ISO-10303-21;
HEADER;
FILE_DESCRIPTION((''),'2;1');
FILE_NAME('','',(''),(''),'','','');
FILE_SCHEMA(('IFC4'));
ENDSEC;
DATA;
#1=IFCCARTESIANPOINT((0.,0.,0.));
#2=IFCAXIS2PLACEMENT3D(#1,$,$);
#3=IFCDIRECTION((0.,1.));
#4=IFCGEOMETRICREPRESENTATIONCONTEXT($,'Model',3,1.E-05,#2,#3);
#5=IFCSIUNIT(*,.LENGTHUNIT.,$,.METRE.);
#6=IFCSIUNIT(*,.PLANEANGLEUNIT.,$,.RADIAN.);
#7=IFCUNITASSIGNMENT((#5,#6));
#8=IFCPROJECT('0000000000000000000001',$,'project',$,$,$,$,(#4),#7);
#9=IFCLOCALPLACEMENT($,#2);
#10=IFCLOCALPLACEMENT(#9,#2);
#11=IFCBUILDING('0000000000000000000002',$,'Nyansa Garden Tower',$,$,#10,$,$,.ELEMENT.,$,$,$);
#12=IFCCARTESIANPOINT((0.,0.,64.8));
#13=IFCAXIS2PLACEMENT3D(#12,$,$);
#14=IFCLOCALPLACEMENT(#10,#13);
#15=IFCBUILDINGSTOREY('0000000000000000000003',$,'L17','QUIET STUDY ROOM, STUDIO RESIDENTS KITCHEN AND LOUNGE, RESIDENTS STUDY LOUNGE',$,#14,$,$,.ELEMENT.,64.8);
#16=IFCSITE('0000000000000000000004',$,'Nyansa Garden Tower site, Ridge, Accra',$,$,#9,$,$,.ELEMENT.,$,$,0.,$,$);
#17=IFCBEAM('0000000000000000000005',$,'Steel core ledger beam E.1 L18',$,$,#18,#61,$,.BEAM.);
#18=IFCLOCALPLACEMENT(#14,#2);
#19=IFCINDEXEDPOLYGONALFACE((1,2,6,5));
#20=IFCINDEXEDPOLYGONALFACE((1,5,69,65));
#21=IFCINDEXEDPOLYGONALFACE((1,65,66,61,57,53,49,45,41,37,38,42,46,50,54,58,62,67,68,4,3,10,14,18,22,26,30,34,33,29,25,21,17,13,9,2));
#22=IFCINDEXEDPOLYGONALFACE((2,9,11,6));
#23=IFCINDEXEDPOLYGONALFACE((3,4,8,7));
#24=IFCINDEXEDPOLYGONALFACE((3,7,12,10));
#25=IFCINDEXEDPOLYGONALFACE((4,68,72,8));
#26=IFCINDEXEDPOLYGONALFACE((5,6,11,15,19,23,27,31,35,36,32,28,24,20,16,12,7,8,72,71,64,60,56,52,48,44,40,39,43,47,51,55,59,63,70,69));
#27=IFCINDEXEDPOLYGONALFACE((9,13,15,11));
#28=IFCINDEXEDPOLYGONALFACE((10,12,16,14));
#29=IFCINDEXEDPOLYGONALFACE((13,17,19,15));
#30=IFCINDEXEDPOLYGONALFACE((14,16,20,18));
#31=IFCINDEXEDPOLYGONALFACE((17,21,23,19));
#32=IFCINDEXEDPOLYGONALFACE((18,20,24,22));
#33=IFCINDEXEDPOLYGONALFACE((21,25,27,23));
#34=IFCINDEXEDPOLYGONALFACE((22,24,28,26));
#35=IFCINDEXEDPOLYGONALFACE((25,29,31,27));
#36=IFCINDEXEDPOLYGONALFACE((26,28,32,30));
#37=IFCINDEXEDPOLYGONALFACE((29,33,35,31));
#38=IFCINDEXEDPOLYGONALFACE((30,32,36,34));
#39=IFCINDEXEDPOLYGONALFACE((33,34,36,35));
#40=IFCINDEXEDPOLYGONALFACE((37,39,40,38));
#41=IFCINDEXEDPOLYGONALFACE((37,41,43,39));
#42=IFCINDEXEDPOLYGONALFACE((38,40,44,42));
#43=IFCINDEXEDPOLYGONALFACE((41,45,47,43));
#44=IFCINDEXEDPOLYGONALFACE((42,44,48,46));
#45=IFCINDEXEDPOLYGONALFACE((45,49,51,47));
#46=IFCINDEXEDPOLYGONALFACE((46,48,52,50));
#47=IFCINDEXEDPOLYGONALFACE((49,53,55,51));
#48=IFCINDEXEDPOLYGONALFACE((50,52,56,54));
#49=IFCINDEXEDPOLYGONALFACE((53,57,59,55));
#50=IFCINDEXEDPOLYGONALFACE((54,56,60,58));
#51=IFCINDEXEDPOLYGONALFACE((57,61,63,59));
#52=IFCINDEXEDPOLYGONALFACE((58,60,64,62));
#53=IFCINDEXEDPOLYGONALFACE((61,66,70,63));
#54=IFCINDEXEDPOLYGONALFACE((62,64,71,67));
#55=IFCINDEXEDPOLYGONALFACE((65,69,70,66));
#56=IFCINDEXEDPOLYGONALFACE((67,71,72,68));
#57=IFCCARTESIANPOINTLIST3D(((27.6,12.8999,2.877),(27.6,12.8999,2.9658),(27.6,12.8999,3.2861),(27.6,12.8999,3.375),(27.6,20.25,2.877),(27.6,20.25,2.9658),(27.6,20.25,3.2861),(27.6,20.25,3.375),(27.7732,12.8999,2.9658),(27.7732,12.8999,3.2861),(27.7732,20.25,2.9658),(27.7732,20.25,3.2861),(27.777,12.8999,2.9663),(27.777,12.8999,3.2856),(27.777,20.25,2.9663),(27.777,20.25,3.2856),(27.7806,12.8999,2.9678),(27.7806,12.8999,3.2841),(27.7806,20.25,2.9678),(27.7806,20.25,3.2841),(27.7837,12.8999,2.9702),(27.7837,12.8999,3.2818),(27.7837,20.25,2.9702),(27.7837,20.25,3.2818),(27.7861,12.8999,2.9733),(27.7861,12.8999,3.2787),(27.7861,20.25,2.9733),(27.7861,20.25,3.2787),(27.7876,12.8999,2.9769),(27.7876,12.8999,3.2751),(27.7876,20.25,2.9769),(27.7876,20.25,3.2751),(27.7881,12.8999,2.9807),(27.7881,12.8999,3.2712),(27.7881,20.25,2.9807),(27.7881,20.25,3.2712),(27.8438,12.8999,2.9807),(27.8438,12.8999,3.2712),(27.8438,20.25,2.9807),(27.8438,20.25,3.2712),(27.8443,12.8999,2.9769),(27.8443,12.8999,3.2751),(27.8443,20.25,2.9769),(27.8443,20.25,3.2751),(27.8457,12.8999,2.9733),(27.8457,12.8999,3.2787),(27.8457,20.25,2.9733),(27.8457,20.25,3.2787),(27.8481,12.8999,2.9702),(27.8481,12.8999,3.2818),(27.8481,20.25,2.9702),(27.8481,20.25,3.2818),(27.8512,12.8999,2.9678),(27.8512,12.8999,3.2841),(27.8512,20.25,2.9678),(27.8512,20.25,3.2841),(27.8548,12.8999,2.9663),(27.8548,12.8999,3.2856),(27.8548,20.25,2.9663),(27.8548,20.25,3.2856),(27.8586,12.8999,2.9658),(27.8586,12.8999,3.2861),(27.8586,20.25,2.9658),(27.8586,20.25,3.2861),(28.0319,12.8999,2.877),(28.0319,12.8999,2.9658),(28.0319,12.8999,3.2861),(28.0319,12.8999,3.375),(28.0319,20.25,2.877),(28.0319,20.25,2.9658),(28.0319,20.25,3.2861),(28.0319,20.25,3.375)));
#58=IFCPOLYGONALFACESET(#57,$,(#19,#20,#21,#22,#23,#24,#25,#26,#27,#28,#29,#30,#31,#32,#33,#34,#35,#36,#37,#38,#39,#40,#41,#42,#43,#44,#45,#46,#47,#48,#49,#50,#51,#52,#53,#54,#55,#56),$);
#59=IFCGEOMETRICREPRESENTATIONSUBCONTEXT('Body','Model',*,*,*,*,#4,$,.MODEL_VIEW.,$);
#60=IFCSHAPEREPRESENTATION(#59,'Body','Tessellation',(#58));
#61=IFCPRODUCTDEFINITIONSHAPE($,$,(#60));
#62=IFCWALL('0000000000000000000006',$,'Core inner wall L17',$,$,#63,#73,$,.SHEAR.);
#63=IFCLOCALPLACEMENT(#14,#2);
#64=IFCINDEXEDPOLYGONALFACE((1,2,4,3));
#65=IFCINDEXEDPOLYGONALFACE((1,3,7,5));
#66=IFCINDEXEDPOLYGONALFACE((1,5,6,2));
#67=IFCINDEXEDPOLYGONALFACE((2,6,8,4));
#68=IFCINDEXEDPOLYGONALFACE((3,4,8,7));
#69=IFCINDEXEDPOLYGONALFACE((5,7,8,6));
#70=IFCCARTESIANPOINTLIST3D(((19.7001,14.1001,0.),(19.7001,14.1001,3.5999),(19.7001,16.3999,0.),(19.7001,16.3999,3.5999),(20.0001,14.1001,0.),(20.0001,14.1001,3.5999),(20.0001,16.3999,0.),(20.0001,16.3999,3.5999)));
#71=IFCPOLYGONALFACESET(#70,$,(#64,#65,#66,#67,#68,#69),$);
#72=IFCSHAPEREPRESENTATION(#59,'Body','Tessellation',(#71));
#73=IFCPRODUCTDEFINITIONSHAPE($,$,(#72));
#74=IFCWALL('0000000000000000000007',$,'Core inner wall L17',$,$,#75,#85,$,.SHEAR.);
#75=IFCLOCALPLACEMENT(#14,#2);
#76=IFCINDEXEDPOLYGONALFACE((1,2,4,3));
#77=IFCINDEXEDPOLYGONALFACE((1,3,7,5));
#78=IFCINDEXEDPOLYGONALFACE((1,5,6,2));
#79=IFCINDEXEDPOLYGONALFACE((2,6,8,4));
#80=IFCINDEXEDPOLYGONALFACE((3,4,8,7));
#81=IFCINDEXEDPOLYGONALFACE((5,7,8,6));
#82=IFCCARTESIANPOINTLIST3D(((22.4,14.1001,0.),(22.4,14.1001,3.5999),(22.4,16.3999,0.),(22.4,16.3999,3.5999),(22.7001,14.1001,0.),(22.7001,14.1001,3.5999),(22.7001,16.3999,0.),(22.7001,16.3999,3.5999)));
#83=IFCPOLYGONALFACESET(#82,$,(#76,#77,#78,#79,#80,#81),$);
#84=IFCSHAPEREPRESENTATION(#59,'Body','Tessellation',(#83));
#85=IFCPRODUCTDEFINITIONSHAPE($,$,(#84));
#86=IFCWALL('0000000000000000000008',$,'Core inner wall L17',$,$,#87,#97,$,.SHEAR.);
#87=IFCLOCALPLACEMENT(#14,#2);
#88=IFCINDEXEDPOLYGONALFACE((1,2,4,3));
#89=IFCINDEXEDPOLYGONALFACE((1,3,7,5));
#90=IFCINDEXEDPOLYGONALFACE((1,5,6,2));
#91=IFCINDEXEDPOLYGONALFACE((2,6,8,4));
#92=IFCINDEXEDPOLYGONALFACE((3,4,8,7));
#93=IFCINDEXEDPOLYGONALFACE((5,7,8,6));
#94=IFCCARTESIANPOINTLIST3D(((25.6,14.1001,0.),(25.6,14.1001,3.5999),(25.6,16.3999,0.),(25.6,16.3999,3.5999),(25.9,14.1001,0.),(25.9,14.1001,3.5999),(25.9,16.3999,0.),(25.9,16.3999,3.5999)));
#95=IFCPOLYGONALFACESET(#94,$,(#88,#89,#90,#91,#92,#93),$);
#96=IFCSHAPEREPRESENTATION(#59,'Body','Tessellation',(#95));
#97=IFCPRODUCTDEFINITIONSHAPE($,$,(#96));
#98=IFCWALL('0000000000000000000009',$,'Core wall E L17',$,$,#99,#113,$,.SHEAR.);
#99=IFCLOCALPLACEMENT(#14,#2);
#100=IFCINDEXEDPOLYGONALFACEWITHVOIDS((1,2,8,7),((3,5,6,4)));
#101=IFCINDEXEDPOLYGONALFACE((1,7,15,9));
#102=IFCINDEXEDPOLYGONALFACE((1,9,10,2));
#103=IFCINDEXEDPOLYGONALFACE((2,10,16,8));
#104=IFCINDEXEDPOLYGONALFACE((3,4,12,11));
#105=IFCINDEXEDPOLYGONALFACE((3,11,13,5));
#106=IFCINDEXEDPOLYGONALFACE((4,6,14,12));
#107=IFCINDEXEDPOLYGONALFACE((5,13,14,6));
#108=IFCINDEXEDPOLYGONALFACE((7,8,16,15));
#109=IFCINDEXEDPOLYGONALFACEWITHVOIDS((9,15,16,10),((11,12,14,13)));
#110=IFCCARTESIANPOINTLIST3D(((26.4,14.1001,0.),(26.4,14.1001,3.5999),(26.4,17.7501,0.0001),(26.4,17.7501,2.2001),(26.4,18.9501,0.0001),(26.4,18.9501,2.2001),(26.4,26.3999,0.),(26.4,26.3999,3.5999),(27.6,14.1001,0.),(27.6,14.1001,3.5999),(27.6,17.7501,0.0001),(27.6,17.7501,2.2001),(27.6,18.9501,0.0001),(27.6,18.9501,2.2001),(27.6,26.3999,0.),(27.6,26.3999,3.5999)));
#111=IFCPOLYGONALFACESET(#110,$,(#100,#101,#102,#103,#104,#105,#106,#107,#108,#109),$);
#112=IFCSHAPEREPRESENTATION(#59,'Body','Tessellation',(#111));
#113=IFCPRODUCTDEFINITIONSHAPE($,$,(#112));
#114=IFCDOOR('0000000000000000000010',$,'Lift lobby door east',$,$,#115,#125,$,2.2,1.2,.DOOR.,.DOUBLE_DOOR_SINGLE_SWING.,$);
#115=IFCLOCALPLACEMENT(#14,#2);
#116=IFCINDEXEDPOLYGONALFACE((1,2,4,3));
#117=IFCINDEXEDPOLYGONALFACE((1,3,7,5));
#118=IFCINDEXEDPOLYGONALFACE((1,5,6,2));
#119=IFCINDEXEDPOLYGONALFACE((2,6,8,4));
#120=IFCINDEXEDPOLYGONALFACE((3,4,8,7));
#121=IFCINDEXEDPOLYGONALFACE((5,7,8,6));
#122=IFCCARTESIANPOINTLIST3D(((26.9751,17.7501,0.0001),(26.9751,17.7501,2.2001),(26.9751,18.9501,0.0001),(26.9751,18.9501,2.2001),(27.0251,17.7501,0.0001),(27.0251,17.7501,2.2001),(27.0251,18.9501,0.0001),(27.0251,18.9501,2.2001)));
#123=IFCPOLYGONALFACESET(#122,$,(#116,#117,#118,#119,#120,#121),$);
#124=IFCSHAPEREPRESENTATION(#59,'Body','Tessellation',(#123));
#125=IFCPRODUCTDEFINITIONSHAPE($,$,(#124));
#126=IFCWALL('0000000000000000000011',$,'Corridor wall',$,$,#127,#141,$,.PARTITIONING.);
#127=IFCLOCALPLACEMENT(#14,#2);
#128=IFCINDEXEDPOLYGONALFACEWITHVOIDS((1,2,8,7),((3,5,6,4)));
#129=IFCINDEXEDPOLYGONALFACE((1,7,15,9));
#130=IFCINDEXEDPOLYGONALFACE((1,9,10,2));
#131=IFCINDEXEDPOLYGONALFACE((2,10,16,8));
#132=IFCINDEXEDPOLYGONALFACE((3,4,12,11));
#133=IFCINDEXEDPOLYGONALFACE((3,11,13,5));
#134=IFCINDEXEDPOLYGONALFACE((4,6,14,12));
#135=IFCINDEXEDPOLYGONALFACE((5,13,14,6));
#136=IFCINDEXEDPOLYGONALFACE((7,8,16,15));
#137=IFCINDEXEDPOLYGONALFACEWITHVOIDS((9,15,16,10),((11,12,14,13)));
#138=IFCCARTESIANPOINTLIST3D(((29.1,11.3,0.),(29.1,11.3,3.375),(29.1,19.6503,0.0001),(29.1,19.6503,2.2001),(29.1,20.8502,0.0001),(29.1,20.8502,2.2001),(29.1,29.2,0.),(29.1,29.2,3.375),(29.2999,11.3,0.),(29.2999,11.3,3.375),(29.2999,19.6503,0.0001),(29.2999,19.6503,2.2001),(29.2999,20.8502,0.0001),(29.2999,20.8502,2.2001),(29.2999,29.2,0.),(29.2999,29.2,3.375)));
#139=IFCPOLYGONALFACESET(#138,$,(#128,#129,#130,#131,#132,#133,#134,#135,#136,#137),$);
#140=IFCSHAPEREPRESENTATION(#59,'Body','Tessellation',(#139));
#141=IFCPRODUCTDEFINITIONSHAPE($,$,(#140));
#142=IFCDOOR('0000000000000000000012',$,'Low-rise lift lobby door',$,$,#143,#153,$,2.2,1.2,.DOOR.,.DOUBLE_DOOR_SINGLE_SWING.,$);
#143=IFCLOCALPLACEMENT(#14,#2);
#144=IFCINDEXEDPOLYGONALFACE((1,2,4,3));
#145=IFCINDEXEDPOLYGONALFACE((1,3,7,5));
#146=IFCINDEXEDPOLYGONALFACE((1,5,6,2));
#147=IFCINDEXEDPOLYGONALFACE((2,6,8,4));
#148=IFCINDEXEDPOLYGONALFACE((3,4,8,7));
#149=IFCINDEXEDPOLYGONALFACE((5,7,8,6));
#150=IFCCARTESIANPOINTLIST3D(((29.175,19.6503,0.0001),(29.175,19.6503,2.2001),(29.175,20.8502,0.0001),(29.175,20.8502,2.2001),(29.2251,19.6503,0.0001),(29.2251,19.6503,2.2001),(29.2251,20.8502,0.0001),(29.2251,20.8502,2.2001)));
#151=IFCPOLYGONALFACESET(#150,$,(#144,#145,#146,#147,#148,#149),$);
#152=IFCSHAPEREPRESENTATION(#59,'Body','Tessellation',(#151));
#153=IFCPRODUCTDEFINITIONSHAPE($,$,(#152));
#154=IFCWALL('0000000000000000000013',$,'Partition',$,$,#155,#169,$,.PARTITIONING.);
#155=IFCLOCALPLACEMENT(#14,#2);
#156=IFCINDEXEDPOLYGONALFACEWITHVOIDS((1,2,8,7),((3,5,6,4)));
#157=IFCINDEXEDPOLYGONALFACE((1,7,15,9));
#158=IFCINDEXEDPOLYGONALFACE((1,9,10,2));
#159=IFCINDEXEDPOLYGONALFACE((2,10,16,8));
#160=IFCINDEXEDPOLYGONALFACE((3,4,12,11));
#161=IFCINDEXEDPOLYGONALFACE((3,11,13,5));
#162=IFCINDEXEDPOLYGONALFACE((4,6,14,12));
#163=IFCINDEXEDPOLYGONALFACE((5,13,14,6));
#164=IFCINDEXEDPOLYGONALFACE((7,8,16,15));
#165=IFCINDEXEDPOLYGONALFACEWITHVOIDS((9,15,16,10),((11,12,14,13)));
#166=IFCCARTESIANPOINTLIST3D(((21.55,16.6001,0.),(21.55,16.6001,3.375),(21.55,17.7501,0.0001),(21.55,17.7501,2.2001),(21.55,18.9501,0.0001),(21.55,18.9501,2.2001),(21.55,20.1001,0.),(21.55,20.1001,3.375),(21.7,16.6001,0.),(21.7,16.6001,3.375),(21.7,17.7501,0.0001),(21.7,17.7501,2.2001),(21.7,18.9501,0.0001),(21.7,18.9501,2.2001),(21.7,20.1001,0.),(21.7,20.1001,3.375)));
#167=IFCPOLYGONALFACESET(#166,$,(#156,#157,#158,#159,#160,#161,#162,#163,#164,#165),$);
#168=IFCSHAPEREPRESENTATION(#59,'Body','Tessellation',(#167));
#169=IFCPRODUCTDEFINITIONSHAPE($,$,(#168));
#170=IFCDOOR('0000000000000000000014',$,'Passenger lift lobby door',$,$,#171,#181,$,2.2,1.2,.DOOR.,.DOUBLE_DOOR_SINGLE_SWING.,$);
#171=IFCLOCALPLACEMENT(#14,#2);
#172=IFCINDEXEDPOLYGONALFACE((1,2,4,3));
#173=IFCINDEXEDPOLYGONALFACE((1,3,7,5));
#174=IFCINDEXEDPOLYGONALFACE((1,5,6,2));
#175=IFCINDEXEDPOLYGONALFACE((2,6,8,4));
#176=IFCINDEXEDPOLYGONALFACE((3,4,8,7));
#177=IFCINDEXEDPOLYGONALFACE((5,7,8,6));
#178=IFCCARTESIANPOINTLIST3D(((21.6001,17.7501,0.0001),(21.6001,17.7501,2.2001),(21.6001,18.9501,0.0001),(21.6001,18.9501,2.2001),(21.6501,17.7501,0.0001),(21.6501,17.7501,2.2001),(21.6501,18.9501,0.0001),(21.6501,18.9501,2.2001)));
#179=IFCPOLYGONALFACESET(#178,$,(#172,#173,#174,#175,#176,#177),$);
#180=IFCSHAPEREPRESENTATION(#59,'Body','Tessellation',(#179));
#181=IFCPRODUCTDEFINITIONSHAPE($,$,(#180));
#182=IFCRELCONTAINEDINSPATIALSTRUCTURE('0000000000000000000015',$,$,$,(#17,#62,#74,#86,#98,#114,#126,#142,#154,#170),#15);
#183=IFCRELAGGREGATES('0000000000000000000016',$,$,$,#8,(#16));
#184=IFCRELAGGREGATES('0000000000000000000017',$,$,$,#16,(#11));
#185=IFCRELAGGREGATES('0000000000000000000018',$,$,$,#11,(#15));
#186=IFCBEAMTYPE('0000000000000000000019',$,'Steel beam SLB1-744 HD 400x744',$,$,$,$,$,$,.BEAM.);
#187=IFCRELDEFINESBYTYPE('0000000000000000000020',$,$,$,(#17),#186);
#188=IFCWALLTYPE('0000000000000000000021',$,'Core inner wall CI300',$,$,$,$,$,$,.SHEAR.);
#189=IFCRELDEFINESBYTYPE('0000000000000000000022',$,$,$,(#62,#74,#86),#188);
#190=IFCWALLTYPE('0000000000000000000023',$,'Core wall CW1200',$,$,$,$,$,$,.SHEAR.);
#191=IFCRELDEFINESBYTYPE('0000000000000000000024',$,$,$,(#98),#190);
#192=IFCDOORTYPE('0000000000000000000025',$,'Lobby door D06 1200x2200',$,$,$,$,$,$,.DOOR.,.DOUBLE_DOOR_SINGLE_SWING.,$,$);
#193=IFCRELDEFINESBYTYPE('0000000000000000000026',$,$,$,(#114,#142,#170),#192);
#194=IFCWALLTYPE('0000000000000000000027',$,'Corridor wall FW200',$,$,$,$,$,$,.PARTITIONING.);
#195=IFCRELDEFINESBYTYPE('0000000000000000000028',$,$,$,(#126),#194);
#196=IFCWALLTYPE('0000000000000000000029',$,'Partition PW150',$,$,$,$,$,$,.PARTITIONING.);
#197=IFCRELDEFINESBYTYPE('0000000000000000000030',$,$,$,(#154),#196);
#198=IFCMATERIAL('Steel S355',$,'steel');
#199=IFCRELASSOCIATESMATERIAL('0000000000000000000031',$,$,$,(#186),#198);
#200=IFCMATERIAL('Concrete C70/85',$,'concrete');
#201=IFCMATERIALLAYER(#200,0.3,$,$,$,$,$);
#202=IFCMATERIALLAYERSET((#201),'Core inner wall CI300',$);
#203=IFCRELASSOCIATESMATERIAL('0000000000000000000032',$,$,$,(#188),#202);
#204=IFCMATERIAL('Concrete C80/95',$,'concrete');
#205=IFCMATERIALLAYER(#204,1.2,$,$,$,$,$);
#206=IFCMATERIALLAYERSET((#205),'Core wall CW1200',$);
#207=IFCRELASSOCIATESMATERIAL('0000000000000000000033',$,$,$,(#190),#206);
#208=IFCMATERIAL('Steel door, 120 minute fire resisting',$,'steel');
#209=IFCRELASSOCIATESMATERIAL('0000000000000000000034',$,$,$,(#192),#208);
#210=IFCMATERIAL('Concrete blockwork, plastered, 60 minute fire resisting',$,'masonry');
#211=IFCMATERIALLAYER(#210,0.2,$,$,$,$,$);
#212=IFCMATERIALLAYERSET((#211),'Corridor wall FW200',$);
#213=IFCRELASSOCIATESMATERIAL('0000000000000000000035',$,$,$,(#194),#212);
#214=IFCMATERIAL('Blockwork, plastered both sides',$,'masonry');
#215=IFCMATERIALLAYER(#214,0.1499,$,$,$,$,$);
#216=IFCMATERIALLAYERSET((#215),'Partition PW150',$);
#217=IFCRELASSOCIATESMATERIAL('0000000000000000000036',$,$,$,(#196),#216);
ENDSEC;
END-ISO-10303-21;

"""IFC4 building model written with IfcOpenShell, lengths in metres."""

from ifc_helpers import new_model, si_unit, direction, frame, frame_2d, origin, origin_2d, place, context, subcontext, project, spatial, rectangle, i_section, extrude, material, layer, layer_set, material_profile, profile_set, type_object, element, fill, save


model = new_model("IFC4")

# Units and contexts
model_context = context("Model", 3, precision=1e-05, world=origin(), true_north=direction((0.0, 1.0)))
body_context = subcontext(model_context, "Body", "Model", "MODEL_VIEW")
ifc_project = project(units=[si_unit("LENGTHUNIT", "METRE"), si_unit("PLANEANGLEUNIT", "RADIAN")], contexts=[model_context])

# Site, building, storey
site_placement = place(None, origin())
site = spatial("IfcSite", under=ifc_project, at=site_placement, Name="Nyansa Garden Tower site, Ridge, Accra", CompositionType="ELEMENT", RefElevation=0.0)
building_placement = place(site_placement, origin())
building = spatial("IfcBuilding", under=site, at=building_placement, Name="Nyansa Garden Tower", CompositionType="ELEMENT")
storey_placement = place(building_placement, frame((0.0, 0.0, 64.8)))
storey = spatial("IfcBuildingStorey", under=building, at=storey_placement, Name="L17", Description="QUIET STUDY ROOM, STUDIO RESIDENTS KITCHEN AND LOUNGE, RESIDENTS STUDY LOUNGE", CompositionType="ELEMENT", Elevation=64.8)

# Beam
ifc_material_1 = material(Name="Steel S355", Category="steel")
ifc_material_profile_1 = material_profile(ifc_material_1, i_section(OverallWidth=0.4319, OverallDepth=0.498, WebThickness=0.0557, FlangeThickness=0.0889, FilletRadius=0.0149, at=origin_2d()), Name="HD 400x744")
ifc_profile_set_1 = profile_set([ifc_material_profile_1], Name="Steel S355")
beam_type_1 = type_object("IfcBeamType", Name="Steel beam SLB1-744 HD 400x744", PredefinedType="BEAM", material=ifc_profile_set_1)
beam_1_placement = place(storey_placement, frame((27.8159, 12.8999, 3.126), z_axis=(0.0, 1.0, 0.0), x_axis=(-1.0, 0.0, 0.0)))
element("IfcBeam", 1, at=beam_1_placement, inside=storey, type_object=beam_type_1, Name="Steel core ledger beam E.1 L18", PredefinedType="BEAM", context=body_context, shape_type="SweptSolid", body=[
    extrude(i_section(OverallWidth=0.4319, OverallDepth=0.498, WebThickness=0.0557, FlangeThickness=0.0889, FilletRadius=0.0149, at=origin_2d()), origin(), (0.0, 0.0, 1.0), 7.3501),
])

# Walls
ifc_material_2 = material(Name="Concrete C70/85", Category="concrete")
ifc_layer_1 = layer(ifc_material_2, 0.3)
ifc_layer_set_1 = layer_set([ifc_layer_1], Name="Core inner wall CI300")
wall_type_1 = type_object("IfcWallType", Name="Core inner wall CI300", PredefinedType="SHEAR", material=ifc_layer_set_1)
for number, where, z_axis, x_axis, name in (
    (2, (19.8501, 14.1001, 0.0), (0.0, 0.0, 1.0), (0.0, 1.0, 0.0), "Core inner wall L17"),
    (3, (22.55, 14.1001, 0.0), (0.0, 0.0, 1.0), (0.0, 1.0, 0.0), "Core inner wall L17"),
    (4, (25.75, 14.1001, 0.0), (0.0, 0.0, 1.0), (0.0, 1.0, 0.0), "Core inner wall L17"),
):
    element("IfcWall", number, at=place(storey_placement, frame(where, z_axis=z_axis, x_axis=x_axis)), inside=storey, type_object=wall_type_1, Name=name, PredefinedType="SHEAR", context=body_context, shape_type="SweptSolid", body=[
        extrude(rectangle(XDim=2.2998, YDim=0.3, at=frame_2d((1.1499, 0.0))), origin(), (0.0, 0.0, 1.0), 3.5999),
    ])

# Walls, openings, doors
ifc_material_3 = material(Name="Concrete C80/95", Category="concrete")
ifc_layer_2 = layer(ifc_material_3, 1.2)
ifc_layer_set_2 = layer_set([ifc_layer_2], Name="Core wall CW1200")
wall_type_2 = type_object("IfcWallType", Name="Core wall CW1200", PredefinedType="SHEAR", material=ifc_layer_set_2)
wall_1_placement = place(storey_placement, frame((27.0, 14.1001, 0.0), z_axis=(0.0, 0.0, 1.0), x_axis=(0.0, 1.0, 0.0)))
wall_1 = element("IfcWall", 5, at=wall_1_placement, inside=storey, type_object=wall_type_2, Name="Core wall E L17", PredefinedType="SHEAR", context=body_context, shape_type="SweptSolid", body=[
    extrude(rectangle(XDim=12.2998, YDim=1.2, at=frame_2d((6.1499, 0.0))), origin(), (0.0, 0.0, 1.0), 3.5999),
])
opening_1_placement = place(wall_1_placement, frame((3.6499, 0.0, 0.0)))
opening_1 = element("IfcOpeningElement", 6, at=opening_1_placement, cuts=wall_1, PredefinedType="OPENING", context=body_context, shape_type="SweptSolid", body=[
    extrude(rectangle(XDim=1.2, YDim=2.2, at=frame_2d((0.6001, 1.1001))), frame((0.0, 0.6099, 0.0), z_axis=(0.0, -1.0, 0.0), x_axis=(1.0, 0.0, 0.0)), (0.0, 0.0, 1.0), 1.22),
])
ifc_material_4 = material(Name="Steel door, 120 minute fire resisting", Category="steel")
door_type_1 = type_object("IfcDoorType", Name="Lobby door D06 1200x2200", OperationType="DOUBLE_DOOR_SINGLE_SWING", PredefinedType="DOOR", material=ifc_material_4)
door_1_placement = place(opening_1_placement, origin())
door_1 = element("IfcDoor", 7, at=door_1_placement, inside=storey, type_object=door_type_1, Name="Lift lobby door east", OperationType="DOUBLE_DOOR_SINGLE_SWING", OverallHeight=2.2, OverallWidth=1.2, PredefinedType="DOOR", context=body_context, shape_type="SweptSolid", body=[
    extrude(rectangle(XDim=1.2, YDim=2.2, at=frame_2d((0.6001, 1.1001))), frame((0.0, 0.0249, 0.0), z_axis=(0.0, -1.0, 0.0), x_axis=(1.0, 0.0, 0.0)), (0.0, 0.0, 1.0), 0.05),
])
fill(opening_1, door_1)
ifc_material_5 = material(Name="Concrete blockwork, plastered, 60 minute fire resisting", Category="masonry")
ifc_layer_3 = layer(ifc_material_5, 0.2)
ifc_layer_set_3 = layer_set([ifc_layer_3], Name="Corridor wall FW200")
wall_type_3 = type_object("IfcWallType", Name="Corridor wall FW200", PredefinedType="PARTITIONING", material=ifc_layer_set_3)
wall_2_placement = place(storey_placement, frame((29.2, 11.3, 0.0), z_axis=(0.0, 0.0, 1.0), x_axis=(0.0, 1.0, 0.0)))
wall_2 = element("IfcWall", 8, at=wall_2_placement, inside=storey, type_object=wall_type_3, Name="Corridor wall", PredefinedType="PARTITIONING", context=body_context, shape_type="SweptSolid", body=[
    extrude(rectangle(XDim=17.8999, YDim=0.2, at=frame_2d((8.95, 0.0))), origin(), (0.0, 0.0, 1.0), 3.375),
])
opening_2_placement = place(wall_2_placement, frame((8.3501, 0.0, 0.0)))
opening_2 = element("IfcOpeningElement", 9, at=opening_2_placement, cuts=wall_2, PredefinedType="OPENING", context=body_context, shape_type="SweptSolid", body=[
    extrude(rectangle(XDim=1.2, YDim=2.2, at=frame_2d((0.6001, 1.1001))), frame((0.0, 0.1099, 0.0), z_axis=(0.0, -1.0, 0.0), x_axis=(1.0, 0.0, 0.0)), (0.0, 0.0, 1.0), 0.22),
])
door_2_placement = place(opening_2_placement, origin())
door_2 = element("IfcDoor", 10, at=door_2_placement, inside=storey, type_object=door_type_1, Name="Low-rise lift lobby door", OperationType="DOUBLE_DOOR_SINGLE_SWING", OverallHeight=2.2, OverallWidth=1.2, PredefinedType="DOOR", context=body_context, shape_type="SweptSolid", body=[
    extrude(rectangle(XDim=1.2, YDim=2.2, at=frame_2d((0.6001, 1.1001))), frame((0.0, 0.0249, 0.0), z_axis=(0.0, -1.0, 0.0), x_axis=(1.0, 0.0, 0.0)), (0.0, 0.0, 1.0), 0.05),
])
fill(opening_2, door_2)
ifc_material_6 = material(Name="Blockwork, plastered both sides", Category="masonry")
ifc_layer_4 = layer(ifc_material_6, 0.1499)
ifc_layer_set_4 = layer_set([ifc_layer_4], Name="Partition PW150")
wall_type_4 = type_object("IfcWallType", Name="Partition PW150", PredefinedType="PARTITIONING", material=ifc_layer_set_4)
wall_3_placement = place(storey_placement, frame((21.625, 16.6001, 0.0), z_axis=(0.0, 0.0, 1.0), x_axis=(0.0, 1.0, 0.0)))
wall_3 = element("IfcWall", 11, at=wall_3_placement, inside=storey, type_object=wall_type_4, Name="Partition", PredefinedType="PARTITIONING", context=body_context, shape_type="SweptSolid", body=[
    extrude(rectangle(XDim=3.5, YDim=0.1499, at=frame_2d((1.75, 0.0))), origin(), (0.0, 0.0, 1.0), 3.375),
])
opening_3_placement = place(wall_3_placement, frame((1.1499, 0.0, 0.0)))
opening_3 = element("IfcOpeningElement", 12, at=opening_3_placement, cuts=wall_3, PredefinedType="OPENING", context=body_context, shape_type="SweptSolid", body=[
    extrude(rectangle(XDim=1.2, YDim=2.2, at=frame_2d((0.6001, 1.1001))), frame((0.0, 0.085, 0.0), z_axis=(0.0, -1.0, 0.0), x_axis=(1.0, 0.0, 0.0)), (0.0, 0.0, 1.0), 0.1699),
])
door_3_placement = place(opening_3_placement, origin())
door_3 = element("IfcDoor", 13, at=door_3_placement, inside=storey, type_object=door_type_1, Name="Passenger lift lobby door", OperationType="DOUBLE_DOOR_SINGLE_SWING", OverallHeight=2.2, OverallWidth=1.2, PredefinedType="DOOR", context=body_context, shape_type="SweptSolid", body=[
    extrude(rectangle(XDim=1.2, YDim=2.2, at=frame_2d((0.6001, 1.1001))), frame((0.0, 0.0249, 0.0), z_axis=(0.0, -1.0, 0.0), x_axis=(1.0, 0.0, 0.0)), (0.0, 0.0, 1.0), 0.05),
])
fill(opening_3, door_3)

save(model, "model.ifc")
